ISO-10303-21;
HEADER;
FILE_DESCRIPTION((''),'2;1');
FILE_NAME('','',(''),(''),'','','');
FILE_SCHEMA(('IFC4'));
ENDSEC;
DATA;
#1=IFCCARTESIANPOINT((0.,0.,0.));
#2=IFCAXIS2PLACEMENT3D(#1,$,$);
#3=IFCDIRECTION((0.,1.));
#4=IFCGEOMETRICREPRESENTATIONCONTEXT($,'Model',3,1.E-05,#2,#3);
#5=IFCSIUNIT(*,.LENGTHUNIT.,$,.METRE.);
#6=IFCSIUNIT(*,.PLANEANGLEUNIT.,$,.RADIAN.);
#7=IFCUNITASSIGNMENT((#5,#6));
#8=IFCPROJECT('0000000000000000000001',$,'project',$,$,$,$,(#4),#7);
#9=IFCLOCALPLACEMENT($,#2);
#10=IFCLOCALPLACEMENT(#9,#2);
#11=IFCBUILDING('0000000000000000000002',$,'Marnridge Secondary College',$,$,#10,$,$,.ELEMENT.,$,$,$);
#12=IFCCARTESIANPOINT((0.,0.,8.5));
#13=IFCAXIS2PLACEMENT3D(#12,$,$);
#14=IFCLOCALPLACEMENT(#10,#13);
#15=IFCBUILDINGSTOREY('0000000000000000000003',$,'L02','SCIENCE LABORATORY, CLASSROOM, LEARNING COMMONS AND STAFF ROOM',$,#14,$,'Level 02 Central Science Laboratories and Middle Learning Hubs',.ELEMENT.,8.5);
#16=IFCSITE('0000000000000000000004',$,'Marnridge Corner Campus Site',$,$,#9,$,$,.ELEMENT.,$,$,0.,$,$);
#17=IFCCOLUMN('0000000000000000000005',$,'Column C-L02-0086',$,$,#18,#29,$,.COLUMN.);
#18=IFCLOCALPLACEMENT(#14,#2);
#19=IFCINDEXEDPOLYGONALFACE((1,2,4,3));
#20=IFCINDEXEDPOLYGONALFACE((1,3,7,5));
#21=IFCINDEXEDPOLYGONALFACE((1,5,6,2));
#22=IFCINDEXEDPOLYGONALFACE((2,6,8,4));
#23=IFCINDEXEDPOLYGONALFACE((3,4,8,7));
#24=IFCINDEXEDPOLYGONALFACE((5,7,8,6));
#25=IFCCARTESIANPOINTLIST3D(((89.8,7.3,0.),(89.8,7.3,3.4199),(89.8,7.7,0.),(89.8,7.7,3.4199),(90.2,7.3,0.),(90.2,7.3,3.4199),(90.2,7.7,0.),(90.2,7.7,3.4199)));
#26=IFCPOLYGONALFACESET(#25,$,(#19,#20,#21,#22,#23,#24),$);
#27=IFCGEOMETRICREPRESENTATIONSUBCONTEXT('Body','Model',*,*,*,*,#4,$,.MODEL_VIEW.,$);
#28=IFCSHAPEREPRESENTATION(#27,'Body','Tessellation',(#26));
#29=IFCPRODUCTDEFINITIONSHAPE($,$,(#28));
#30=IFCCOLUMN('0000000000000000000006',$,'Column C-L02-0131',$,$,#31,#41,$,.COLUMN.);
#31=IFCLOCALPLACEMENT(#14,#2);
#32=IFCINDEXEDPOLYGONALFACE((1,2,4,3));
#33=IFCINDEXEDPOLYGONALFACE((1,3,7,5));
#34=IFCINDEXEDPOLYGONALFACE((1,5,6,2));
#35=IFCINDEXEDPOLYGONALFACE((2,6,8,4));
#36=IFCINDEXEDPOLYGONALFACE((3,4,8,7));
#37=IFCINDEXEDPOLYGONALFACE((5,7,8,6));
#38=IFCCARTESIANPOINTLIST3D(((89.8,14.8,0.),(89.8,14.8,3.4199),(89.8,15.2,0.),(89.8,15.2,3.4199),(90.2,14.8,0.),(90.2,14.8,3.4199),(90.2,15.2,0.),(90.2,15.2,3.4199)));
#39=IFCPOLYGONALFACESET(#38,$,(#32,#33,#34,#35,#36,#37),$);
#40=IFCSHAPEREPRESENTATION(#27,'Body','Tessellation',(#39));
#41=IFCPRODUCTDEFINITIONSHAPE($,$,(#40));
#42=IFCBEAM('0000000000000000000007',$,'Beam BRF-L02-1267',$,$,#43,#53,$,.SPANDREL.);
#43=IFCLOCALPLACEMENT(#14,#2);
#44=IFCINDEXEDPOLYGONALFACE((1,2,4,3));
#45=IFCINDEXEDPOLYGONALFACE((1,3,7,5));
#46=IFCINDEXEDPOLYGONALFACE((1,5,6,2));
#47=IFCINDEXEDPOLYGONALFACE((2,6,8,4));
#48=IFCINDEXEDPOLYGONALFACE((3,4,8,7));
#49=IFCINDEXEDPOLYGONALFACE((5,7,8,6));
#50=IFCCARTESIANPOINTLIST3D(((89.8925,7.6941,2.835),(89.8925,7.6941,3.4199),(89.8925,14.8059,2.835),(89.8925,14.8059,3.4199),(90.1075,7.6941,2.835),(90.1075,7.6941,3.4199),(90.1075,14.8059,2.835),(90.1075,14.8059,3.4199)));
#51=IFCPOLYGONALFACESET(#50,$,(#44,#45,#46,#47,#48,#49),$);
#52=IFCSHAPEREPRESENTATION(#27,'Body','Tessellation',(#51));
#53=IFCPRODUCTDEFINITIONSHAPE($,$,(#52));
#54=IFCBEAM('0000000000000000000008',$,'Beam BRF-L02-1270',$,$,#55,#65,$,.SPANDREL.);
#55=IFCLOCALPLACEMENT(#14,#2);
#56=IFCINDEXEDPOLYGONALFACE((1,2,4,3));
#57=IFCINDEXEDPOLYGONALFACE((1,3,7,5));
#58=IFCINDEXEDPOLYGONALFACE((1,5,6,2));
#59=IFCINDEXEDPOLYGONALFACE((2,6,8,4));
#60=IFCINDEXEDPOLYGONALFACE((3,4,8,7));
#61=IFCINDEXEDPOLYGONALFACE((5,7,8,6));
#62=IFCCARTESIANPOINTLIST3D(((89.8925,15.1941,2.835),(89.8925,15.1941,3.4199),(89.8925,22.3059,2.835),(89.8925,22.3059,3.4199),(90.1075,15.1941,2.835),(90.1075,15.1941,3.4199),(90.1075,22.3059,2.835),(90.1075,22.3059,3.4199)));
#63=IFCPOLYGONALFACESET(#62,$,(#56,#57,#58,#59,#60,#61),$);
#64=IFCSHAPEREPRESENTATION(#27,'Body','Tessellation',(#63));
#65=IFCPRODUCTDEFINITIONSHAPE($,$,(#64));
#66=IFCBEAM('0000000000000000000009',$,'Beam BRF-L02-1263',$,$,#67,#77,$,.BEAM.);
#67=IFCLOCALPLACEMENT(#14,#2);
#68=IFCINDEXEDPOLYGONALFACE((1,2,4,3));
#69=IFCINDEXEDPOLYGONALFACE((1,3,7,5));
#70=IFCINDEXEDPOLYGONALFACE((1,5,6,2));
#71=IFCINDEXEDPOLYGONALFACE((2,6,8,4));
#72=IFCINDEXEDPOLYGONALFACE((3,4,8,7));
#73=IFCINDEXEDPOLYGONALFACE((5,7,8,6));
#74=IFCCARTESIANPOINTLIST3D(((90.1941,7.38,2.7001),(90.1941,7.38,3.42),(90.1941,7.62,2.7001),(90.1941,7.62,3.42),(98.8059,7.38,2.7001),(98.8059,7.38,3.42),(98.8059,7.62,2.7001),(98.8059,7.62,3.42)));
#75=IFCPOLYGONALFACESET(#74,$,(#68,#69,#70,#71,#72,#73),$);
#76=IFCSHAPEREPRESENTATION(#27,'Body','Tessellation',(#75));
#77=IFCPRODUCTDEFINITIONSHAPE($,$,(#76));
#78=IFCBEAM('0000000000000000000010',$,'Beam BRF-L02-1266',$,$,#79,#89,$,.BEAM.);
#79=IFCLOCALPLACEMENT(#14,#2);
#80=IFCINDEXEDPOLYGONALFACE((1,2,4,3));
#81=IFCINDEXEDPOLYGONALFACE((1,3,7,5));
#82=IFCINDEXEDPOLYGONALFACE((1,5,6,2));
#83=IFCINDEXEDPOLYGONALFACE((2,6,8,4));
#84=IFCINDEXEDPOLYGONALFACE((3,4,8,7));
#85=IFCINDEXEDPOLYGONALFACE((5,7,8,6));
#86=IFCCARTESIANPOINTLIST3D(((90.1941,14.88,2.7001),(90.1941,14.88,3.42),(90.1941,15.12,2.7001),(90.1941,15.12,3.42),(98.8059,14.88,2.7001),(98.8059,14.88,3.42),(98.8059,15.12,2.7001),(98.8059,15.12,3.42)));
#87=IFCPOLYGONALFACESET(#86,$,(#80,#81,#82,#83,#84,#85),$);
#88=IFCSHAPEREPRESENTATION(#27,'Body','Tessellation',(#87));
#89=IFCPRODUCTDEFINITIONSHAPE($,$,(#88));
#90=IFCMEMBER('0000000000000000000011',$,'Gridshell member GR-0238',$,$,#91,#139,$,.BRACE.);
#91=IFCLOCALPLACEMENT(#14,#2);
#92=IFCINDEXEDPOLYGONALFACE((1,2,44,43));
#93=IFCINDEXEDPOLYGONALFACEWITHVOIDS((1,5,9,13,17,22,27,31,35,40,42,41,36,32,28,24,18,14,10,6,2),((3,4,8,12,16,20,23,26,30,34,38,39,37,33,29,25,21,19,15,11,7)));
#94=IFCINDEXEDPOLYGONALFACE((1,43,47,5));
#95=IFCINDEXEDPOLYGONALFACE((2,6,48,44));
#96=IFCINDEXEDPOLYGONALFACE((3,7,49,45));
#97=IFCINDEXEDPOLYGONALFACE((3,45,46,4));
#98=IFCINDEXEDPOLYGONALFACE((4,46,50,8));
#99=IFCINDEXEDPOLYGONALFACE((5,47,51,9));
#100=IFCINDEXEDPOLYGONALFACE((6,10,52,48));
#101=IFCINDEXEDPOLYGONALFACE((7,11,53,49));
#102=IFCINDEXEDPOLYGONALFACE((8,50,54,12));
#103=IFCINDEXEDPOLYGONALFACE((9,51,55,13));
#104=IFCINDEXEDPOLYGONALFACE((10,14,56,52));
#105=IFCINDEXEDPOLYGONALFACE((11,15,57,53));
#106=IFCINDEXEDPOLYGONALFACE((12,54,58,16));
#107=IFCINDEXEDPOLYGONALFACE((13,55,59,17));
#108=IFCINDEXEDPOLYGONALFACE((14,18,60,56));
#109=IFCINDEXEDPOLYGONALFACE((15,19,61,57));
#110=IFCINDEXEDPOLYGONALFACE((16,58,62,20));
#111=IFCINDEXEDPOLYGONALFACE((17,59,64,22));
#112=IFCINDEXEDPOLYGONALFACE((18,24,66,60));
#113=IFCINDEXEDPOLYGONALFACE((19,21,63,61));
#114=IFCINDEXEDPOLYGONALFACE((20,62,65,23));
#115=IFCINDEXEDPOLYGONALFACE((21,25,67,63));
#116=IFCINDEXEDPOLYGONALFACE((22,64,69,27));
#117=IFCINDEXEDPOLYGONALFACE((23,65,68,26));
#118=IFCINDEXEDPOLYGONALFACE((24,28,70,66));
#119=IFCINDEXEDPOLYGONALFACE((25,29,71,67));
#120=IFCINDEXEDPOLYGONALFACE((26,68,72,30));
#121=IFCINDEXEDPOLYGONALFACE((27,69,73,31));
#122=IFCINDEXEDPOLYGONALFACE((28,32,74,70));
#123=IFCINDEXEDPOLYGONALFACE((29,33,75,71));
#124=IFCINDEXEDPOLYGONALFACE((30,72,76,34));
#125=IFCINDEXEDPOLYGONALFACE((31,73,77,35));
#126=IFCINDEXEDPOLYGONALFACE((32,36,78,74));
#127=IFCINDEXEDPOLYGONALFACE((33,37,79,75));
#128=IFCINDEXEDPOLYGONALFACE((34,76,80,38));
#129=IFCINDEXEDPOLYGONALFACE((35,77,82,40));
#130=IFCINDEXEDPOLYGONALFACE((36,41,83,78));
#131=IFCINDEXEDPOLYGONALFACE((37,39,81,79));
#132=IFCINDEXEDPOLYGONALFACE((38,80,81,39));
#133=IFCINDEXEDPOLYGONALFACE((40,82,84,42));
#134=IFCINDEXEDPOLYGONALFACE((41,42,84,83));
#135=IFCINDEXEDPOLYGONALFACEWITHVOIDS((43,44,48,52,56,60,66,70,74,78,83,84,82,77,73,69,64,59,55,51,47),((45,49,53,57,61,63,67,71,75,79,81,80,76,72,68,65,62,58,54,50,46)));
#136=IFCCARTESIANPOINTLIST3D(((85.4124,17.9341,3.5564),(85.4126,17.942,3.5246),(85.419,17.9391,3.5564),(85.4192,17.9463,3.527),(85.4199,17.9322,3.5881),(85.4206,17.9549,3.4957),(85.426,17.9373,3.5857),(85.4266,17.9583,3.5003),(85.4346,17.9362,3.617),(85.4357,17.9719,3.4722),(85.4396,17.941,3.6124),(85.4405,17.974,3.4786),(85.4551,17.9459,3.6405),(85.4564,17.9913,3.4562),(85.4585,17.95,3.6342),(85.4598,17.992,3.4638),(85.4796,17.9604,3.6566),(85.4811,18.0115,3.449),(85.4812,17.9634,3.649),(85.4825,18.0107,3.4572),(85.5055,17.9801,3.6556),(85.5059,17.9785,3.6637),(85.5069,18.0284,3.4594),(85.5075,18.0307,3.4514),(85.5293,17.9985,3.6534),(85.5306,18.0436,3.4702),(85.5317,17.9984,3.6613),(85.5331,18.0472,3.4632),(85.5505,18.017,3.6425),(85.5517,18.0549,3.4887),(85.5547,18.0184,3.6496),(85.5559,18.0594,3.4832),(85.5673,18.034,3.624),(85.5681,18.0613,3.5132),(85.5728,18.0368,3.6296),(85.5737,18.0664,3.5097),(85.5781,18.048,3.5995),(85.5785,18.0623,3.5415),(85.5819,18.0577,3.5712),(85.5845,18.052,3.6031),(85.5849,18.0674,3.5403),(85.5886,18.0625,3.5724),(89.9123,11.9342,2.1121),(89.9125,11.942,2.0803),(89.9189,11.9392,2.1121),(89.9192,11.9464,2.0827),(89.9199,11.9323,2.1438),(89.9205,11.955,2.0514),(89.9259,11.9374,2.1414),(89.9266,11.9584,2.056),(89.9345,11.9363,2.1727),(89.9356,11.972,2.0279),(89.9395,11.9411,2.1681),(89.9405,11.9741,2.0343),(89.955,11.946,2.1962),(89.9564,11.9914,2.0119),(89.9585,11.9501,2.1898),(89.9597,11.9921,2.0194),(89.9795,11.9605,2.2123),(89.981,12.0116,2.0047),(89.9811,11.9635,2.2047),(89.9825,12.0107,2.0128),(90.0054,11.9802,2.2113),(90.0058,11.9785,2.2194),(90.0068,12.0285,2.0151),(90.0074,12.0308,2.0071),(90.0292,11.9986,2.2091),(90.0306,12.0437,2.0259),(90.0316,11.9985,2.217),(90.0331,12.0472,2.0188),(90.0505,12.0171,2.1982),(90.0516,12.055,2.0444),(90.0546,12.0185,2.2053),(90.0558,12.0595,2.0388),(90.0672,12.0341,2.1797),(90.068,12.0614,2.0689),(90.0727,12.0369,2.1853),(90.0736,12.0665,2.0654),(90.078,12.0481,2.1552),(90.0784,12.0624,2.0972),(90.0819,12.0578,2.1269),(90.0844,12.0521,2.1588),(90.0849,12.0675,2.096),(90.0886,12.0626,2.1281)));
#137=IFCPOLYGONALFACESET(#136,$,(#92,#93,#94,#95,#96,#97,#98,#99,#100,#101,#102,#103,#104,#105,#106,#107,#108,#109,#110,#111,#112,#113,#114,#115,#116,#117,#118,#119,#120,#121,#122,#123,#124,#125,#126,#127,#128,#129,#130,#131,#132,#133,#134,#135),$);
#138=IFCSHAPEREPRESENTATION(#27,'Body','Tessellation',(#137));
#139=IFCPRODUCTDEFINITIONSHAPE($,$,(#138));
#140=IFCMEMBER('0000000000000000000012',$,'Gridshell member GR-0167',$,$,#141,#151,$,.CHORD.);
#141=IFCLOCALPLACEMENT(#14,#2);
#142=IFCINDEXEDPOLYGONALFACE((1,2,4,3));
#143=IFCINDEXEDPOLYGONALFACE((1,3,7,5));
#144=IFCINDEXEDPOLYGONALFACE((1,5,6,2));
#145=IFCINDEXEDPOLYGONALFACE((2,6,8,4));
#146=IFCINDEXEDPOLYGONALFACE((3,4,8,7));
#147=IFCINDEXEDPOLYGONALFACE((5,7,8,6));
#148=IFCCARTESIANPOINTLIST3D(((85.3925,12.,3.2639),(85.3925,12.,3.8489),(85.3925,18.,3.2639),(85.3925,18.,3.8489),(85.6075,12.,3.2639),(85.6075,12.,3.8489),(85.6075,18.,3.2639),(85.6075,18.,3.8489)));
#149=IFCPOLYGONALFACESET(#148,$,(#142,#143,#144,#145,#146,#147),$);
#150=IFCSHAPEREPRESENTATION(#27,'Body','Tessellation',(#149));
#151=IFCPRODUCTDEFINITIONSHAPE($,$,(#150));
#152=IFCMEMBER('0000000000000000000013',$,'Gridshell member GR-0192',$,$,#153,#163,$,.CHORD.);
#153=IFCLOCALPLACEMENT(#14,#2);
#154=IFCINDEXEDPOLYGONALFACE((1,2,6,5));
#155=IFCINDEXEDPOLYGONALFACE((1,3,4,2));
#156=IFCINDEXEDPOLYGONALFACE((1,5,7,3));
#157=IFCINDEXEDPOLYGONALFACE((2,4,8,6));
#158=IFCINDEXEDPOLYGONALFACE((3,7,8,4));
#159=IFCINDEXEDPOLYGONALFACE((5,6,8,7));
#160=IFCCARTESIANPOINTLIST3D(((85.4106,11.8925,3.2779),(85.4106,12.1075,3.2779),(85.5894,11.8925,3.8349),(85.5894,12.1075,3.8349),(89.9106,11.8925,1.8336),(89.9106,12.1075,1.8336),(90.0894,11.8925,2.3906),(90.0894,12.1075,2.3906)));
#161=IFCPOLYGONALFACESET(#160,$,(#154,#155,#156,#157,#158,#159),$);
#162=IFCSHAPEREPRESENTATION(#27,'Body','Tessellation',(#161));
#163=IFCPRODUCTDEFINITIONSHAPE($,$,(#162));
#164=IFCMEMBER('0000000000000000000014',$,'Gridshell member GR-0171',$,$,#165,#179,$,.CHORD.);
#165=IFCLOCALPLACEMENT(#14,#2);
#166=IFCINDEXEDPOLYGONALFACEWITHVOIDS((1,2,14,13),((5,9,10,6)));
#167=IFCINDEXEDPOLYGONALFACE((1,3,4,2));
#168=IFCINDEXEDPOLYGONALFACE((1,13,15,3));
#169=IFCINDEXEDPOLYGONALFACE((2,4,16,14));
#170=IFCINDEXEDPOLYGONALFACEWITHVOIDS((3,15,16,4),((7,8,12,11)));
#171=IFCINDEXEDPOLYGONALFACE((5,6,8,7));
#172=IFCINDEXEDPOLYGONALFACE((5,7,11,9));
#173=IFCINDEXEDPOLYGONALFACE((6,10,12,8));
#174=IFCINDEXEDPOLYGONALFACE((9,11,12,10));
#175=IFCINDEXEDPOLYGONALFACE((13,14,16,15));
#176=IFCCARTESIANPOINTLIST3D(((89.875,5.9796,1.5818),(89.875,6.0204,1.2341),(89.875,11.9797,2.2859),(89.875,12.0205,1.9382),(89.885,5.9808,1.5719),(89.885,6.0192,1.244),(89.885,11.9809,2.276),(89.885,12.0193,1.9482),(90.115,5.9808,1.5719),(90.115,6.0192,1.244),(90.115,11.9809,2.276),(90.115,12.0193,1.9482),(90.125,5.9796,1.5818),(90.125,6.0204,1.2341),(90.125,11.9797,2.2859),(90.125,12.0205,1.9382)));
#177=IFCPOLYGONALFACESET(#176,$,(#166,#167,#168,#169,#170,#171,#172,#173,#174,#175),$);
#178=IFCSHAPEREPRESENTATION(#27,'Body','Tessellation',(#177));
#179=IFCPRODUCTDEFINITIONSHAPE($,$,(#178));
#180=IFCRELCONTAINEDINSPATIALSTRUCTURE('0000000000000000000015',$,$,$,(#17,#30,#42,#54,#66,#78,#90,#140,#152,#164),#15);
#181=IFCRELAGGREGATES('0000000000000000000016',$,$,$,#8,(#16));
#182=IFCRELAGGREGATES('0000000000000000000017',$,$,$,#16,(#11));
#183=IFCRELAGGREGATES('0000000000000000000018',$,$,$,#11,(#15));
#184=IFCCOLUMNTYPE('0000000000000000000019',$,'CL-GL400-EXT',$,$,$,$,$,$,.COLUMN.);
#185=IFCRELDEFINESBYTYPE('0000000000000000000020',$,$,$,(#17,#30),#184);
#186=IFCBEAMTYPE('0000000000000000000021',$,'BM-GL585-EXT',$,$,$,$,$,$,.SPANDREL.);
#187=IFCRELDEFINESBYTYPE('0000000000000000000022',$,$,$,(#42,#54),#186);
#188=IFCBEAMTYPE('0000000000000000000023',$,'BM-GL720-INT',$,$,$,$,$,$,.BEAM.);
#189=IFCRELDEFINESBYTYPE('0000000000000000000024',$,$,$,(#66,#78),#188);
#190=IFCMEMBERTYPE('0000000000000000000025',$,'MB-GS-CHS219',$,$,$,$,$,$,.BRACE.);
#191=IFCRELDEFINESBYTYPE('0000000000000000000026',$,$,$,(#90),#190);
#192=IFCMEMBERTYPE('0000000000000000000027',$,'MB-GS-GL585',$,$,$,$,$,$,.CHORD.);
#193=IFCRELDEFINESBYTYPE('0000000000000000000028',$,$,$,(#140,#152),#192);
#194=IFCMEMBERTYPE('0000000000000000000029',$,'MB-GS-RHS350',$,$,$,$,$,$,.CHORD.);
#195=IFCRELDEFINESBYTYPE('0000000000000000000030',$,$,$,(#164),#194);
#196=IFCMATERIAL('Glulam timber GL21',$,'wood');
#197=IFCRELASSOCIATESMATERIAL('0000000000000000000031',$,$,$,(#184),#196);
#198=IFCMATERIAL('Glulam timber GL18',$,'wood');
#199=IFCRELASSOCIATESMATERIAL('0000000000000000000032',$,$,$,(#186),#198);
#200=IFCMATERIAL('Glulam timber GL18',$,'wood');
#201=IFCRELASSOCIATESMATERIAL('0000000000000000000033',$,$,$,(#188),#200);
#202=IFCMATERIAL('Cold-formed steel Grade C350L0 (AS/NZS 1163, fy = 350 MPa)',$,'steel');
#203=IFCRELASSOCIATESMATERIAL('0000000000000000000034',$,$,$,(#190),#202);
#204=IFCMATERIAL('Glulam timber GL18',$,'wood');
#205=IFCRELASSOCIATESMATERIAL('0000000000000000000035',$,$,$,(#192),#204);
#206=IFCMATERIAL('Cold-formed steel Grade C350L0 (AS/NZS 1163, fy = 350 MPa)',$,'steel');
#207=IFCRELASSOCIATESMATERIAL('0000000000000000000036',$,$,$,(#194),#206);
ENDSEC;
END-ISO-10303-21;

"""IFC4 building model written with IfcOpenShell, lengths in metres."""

from ifc_helpers import new_model, si_unit, direction, frame, origin, origin_2d, place, context, subcontext, project, spatial, rectangle, hollow_rectangle, hollow_circle, extrude, material, material_profile, profile_set, type_object, element, save


model = new_model("IFC4")

# Units and contexts
model_context = context("Model", 3, precision=1e-05, world=origin(), true_north=direction((0.0, 1.0)))
body_context = subcontext(model_context, "Body", "Model", "MODEL_VIEW")
ifc_project = project(units=[si_unit("LENGTHUNIT", "METRE"), si_unit("PLANEANGLEUNIT", "RADIAN")], contexts=[model_context])

# Site, building, storey
site_placement = place(None, origin())
site = spatial("IfcSite", under=ifc_project, at=site_placement, Name="Marnridge Corner Campus Site", CompositionType="ELEMENT", RefElevation=0.0)
building_placement = place(site_placement, origin())
building = spatial("IfcBuilding", under=site, at=building_placement, Name="Marnridge Secondary College", CompositionType="ELEMENT")
storey_placement = place(building_placement, frame((0.0, 0.0, 8.5)))
storey = spatial("IfcBuildingStorey", under=building, at=storey_placement, Name="L02", Description="SCIENCE LABORATORY, CLASSROOM, LEARNING COMMONS AND STAFF ROOM", LongName="Level 02 Central Science Laboratories and Middle Learning Hubs", CompositionType="ELEMENT", Elevation=8.5)

# Columns
ifc_material_1 = material(Name="Glulam timber GL21", Category="wood")
ifc_material_profile_1 = material_profile(ifc_material_1, rectangle(XDim=0.3999, YDim=0.3999, at=origin_2d()), Name="GL21 400x400")
ifc_profile_set_1 = profile_set([ifc_material_profile_1], Name="Glulam timber GL21")
column_type = type_object("IfcColumnType", Name="CL-GL400-EXT", PredefinedType="COLUMN", material=ifc_profile_set_1)
for number, where, z_axis, x_axis, name in (
    (1, (90.0, 7.5, 0.0), (0.0, 0.0, 1.0), (1.0, 0.0, 0.0), "Column C-L02-0086"),
    (2, (90.0, 15.0, 0.0), (0.0, 0.0, 1.0), (1.0, 0.0, 0.0), "Column C-L02-0131"),
):
    element("IfcColumn", number, at=place(storey_placement, frame(where, z_axis=z_axis, x_axis=x_axis)), inside=storey, type_object=column_type, Name=name, PredefinedType="COLUMN", context=body_context, shape_type="SweptSolid", body=[
        extrude(rectangle(XDim=0.3999, YDim=0.3999, at=origin_2d()), origin(), (0.0, 0.0, 1.0), 3.4199),
    ])

# Beams
ifc_material_2 = material(Name="Glulam timber GL18", Category="wood")
ifc_material_profile_2 = material_profile(ifc_material_2, rectangle(XDim=0.2151, YDim=0.585, at=origin_2d()), Name="GL18 215x585")
ifc_profile_set_2 = profile_set([ifc_material_profile_2], Name="Glulam timber GL18")
beam_type_1 = type_object("IfcBeamType", Name="BM-GL585-EXT", PredefinedType="SPANDREL", material=ifc_profile_set_2)
for number, where, z_axis, x_axis, name in (
    (3, (90.0, 7.6941, 3.1274), (0.0, 1.0, 0.0), (-1.0, 0.0, 0.0), "Beam BRF-L02-1267"),
    (4, (90.0, 15.1941, 3.1274), (0.0, 1.0, 0.0), (-1.0, 0.0, 0.0), "Beam BRF-L02-1270"),
):
    element("IfcBeam", number, at=place(storey_placement, frame(where, z_axis=z_axis, x_axis=x_axis)), inside=storey, type_object=beam_type_1, Name=name, PredefinedType="SPANDREL", context=body_context, shape_type="SweptSolid", body=[
        extrude(rectangle(XDim=0.2151, YDim=0.585, at=origin_2d()), origin(), (0.0, 0.0, 1.0), 7.1118),
    ])
ifc_material_3 = material(Name="Glulam timber GL18", Category="wood")
ifc_material_profile_3 = material_profile(ifc_material_3, rectangle(XDim=0.24, YDim=0.72, at=origin_2d()), Name="GL18 240x720")
ifc_profile_set_3 = profile_set([ifc_material_profile_3], Name="Glulam timber GL18")
beam_type_2 = type_object("IfcBeamType", Name="BM-GL720-INT", PredefinedType="BEAM", material=ifc_profile_set_3)
for number, where, z_axis, x_axis, name in (
    (5, (90.1941, 7.5, 3.0601), (1.0, 0.0, 0.0), (0.0, 1.0, 0.0), "Beam BRF-L02-1263"),
    (6, (90.1941, 15.0, 3.0601), (1.0, 0.0, 0.0), (0.0, 1.0, 0.0), "Beam BRF-L02-1266"),
):
    element("IfcBeam", number, at=place(storey_placement, frame(where, z_axis=z_axis, x_axis=x_axis)), inside=storey, type_object=beam_type_2, Name=name, PredefinedType="BEAM", context=body_context, shape_type="SweptSolid", body=[
        extrude(rectangle(XDim=0.24, YDim=0.72, at=origin_2d()), origin(), (0.0, 0.0, 1.0), 8.6118),
    ])

# Members
ifc_material_4 = material(Name="Cold-formed steel Grade C350L0 (AS/NZS 1163, fy = 350 MPa)", Category="steel")
ifc_material_profile_4 = material_profile(ifc_material_4, hollow_circle(Radius=0.1096, WallThickness=0.0083, at=origin_2d()), Name="219.1x8.2CHS")
ifc_profile_set_4 = profile_set([ifc_material_profile_4], Name="Cold-formed steel Grade C350L0 (AS/NZS 1163, fy = 350 MPa)")
member_type_1 = type_object("IfcMemberType", Name="MB-GS-CHS219", PredefinedType="BRACE", material=ifc_profile_set_4)
member_1_placement = place(storey_placement, frame((90.0, 12.0, 2.1121), z_axis=(-0.589174, 0.785566, 0.189103), x_axis=(-0.8, -0.6, 0.0)))
element("IfcMember", 7, at=member_1_placement, inside=storey, type_object=member_type_1, Name="Gridshell member GR-0238", PredefinedType="BRACE", context=body_context, shape_type="SweptSolid", body=[
    extrude(hollow_circle(Radius=0.1096, WallThickness=0.0083, at=origin_2d()), origin(), (0.0, 0.0, 1.0), 7.6377),
])
ifc_material_5 = material(Name="Glulam timber GL18", Category="wood")
ifc_material_profile_5 = material_profile(ifc_material_5, rectangle(XDim=0.2151, YDim=0.585, at=origin_2d()), Name="GL18 215x585")
ifc_profile_set_5 = profile_set([ifc_material_profile_5], Name="Glulam timber GL18")
member_type_2 = type_object("IfcMemberType", Name="MB-GS-GL585", PredefinedType="CHORD", material=ifc_profile_set_5)
member_2_placement = place(storey_placement, frame((85.5, 12.0, 3.5564), z_axis=(0.0, 1.0, 0.0), x_axis=(-1.0, 0.0, 0.0)))
element("IfcMember", 8, at=member_2_placement, inside=storey, type_object=member_type_2, Name="Gridshell member GR-0167", PredefinedType="CHORD", context=body_context, shape_type="SweptSolid", body=[
    extrude(rectangle(XDim=0.2151, YDim=0.585, at=origin_2d()), origin(), (0.0, 0.0, 1.0), 6.0),
])
member_3_placement = place(storey_placement, frame((85.5, 12.0, 3.5564), z_axis=(0.952157, 0.0, -0.305608), x_axis=(0.0, 1.0, 0.0)))
element("IfcMember", 9, at=member_3_placement, inside=storey, type_object=member_type_2, Name="Gridshell member GR-0192", PredefinedType="CHORD", context=body_context, shape_type="SweptSolid", body=[
    extrude(rectangle(XDim=0.2151, YDim=0.585, at=origin_2d()), origin(), (0.0, 0.0, 1.0), 4.7261),
])
ifc_material_6 = material(Name="Cold-formed steel Grade C350L0 (AS/NZS 1163, fy = 350 MPa)", Category="steel")
ifc_material_profile_6 = material_profile(ifc_material_6, hollow_rectangle(XDim=0.25, YDim=0.3501, WallThickness=0.01, at=origin_2d()), Name="350x250x10.0RHS")
ifc_profile_set_6 = profile_set([ifc_material_profile_6], Name="Cold-formed steel Grade C350L0 (AS/NZS 1163, fy = 350 MPa)")
member_type_3 = type_object("IfcMemberType", Name="MB-GS-RHS350", PredefinedType="CHORD", material=ifc_profile_set_6)
member_4_placement = place(storey_placement, frame((90.0, 6.0, 1.408), z_axis=(0.0, 0.993185, 0.11655), x_axis=(-1.0, 0.0, 0.0)))
element("IfcMember", 10, at=member_4_placement, inside=storey, type_object=member_type_3, Name="Gridshell member GR-0171", PredefinedType="CHORD", context=body_context, shape_type="SweptSolid", body=[
    extrude(hollow_rectangle(XDim=0.25, YDim=0.3501, WallThickness=0.01, at=origin_2d()), origin(), (0.0, 0.0, 1.0), 6.0413),
])

save(model, "model.ifc")
